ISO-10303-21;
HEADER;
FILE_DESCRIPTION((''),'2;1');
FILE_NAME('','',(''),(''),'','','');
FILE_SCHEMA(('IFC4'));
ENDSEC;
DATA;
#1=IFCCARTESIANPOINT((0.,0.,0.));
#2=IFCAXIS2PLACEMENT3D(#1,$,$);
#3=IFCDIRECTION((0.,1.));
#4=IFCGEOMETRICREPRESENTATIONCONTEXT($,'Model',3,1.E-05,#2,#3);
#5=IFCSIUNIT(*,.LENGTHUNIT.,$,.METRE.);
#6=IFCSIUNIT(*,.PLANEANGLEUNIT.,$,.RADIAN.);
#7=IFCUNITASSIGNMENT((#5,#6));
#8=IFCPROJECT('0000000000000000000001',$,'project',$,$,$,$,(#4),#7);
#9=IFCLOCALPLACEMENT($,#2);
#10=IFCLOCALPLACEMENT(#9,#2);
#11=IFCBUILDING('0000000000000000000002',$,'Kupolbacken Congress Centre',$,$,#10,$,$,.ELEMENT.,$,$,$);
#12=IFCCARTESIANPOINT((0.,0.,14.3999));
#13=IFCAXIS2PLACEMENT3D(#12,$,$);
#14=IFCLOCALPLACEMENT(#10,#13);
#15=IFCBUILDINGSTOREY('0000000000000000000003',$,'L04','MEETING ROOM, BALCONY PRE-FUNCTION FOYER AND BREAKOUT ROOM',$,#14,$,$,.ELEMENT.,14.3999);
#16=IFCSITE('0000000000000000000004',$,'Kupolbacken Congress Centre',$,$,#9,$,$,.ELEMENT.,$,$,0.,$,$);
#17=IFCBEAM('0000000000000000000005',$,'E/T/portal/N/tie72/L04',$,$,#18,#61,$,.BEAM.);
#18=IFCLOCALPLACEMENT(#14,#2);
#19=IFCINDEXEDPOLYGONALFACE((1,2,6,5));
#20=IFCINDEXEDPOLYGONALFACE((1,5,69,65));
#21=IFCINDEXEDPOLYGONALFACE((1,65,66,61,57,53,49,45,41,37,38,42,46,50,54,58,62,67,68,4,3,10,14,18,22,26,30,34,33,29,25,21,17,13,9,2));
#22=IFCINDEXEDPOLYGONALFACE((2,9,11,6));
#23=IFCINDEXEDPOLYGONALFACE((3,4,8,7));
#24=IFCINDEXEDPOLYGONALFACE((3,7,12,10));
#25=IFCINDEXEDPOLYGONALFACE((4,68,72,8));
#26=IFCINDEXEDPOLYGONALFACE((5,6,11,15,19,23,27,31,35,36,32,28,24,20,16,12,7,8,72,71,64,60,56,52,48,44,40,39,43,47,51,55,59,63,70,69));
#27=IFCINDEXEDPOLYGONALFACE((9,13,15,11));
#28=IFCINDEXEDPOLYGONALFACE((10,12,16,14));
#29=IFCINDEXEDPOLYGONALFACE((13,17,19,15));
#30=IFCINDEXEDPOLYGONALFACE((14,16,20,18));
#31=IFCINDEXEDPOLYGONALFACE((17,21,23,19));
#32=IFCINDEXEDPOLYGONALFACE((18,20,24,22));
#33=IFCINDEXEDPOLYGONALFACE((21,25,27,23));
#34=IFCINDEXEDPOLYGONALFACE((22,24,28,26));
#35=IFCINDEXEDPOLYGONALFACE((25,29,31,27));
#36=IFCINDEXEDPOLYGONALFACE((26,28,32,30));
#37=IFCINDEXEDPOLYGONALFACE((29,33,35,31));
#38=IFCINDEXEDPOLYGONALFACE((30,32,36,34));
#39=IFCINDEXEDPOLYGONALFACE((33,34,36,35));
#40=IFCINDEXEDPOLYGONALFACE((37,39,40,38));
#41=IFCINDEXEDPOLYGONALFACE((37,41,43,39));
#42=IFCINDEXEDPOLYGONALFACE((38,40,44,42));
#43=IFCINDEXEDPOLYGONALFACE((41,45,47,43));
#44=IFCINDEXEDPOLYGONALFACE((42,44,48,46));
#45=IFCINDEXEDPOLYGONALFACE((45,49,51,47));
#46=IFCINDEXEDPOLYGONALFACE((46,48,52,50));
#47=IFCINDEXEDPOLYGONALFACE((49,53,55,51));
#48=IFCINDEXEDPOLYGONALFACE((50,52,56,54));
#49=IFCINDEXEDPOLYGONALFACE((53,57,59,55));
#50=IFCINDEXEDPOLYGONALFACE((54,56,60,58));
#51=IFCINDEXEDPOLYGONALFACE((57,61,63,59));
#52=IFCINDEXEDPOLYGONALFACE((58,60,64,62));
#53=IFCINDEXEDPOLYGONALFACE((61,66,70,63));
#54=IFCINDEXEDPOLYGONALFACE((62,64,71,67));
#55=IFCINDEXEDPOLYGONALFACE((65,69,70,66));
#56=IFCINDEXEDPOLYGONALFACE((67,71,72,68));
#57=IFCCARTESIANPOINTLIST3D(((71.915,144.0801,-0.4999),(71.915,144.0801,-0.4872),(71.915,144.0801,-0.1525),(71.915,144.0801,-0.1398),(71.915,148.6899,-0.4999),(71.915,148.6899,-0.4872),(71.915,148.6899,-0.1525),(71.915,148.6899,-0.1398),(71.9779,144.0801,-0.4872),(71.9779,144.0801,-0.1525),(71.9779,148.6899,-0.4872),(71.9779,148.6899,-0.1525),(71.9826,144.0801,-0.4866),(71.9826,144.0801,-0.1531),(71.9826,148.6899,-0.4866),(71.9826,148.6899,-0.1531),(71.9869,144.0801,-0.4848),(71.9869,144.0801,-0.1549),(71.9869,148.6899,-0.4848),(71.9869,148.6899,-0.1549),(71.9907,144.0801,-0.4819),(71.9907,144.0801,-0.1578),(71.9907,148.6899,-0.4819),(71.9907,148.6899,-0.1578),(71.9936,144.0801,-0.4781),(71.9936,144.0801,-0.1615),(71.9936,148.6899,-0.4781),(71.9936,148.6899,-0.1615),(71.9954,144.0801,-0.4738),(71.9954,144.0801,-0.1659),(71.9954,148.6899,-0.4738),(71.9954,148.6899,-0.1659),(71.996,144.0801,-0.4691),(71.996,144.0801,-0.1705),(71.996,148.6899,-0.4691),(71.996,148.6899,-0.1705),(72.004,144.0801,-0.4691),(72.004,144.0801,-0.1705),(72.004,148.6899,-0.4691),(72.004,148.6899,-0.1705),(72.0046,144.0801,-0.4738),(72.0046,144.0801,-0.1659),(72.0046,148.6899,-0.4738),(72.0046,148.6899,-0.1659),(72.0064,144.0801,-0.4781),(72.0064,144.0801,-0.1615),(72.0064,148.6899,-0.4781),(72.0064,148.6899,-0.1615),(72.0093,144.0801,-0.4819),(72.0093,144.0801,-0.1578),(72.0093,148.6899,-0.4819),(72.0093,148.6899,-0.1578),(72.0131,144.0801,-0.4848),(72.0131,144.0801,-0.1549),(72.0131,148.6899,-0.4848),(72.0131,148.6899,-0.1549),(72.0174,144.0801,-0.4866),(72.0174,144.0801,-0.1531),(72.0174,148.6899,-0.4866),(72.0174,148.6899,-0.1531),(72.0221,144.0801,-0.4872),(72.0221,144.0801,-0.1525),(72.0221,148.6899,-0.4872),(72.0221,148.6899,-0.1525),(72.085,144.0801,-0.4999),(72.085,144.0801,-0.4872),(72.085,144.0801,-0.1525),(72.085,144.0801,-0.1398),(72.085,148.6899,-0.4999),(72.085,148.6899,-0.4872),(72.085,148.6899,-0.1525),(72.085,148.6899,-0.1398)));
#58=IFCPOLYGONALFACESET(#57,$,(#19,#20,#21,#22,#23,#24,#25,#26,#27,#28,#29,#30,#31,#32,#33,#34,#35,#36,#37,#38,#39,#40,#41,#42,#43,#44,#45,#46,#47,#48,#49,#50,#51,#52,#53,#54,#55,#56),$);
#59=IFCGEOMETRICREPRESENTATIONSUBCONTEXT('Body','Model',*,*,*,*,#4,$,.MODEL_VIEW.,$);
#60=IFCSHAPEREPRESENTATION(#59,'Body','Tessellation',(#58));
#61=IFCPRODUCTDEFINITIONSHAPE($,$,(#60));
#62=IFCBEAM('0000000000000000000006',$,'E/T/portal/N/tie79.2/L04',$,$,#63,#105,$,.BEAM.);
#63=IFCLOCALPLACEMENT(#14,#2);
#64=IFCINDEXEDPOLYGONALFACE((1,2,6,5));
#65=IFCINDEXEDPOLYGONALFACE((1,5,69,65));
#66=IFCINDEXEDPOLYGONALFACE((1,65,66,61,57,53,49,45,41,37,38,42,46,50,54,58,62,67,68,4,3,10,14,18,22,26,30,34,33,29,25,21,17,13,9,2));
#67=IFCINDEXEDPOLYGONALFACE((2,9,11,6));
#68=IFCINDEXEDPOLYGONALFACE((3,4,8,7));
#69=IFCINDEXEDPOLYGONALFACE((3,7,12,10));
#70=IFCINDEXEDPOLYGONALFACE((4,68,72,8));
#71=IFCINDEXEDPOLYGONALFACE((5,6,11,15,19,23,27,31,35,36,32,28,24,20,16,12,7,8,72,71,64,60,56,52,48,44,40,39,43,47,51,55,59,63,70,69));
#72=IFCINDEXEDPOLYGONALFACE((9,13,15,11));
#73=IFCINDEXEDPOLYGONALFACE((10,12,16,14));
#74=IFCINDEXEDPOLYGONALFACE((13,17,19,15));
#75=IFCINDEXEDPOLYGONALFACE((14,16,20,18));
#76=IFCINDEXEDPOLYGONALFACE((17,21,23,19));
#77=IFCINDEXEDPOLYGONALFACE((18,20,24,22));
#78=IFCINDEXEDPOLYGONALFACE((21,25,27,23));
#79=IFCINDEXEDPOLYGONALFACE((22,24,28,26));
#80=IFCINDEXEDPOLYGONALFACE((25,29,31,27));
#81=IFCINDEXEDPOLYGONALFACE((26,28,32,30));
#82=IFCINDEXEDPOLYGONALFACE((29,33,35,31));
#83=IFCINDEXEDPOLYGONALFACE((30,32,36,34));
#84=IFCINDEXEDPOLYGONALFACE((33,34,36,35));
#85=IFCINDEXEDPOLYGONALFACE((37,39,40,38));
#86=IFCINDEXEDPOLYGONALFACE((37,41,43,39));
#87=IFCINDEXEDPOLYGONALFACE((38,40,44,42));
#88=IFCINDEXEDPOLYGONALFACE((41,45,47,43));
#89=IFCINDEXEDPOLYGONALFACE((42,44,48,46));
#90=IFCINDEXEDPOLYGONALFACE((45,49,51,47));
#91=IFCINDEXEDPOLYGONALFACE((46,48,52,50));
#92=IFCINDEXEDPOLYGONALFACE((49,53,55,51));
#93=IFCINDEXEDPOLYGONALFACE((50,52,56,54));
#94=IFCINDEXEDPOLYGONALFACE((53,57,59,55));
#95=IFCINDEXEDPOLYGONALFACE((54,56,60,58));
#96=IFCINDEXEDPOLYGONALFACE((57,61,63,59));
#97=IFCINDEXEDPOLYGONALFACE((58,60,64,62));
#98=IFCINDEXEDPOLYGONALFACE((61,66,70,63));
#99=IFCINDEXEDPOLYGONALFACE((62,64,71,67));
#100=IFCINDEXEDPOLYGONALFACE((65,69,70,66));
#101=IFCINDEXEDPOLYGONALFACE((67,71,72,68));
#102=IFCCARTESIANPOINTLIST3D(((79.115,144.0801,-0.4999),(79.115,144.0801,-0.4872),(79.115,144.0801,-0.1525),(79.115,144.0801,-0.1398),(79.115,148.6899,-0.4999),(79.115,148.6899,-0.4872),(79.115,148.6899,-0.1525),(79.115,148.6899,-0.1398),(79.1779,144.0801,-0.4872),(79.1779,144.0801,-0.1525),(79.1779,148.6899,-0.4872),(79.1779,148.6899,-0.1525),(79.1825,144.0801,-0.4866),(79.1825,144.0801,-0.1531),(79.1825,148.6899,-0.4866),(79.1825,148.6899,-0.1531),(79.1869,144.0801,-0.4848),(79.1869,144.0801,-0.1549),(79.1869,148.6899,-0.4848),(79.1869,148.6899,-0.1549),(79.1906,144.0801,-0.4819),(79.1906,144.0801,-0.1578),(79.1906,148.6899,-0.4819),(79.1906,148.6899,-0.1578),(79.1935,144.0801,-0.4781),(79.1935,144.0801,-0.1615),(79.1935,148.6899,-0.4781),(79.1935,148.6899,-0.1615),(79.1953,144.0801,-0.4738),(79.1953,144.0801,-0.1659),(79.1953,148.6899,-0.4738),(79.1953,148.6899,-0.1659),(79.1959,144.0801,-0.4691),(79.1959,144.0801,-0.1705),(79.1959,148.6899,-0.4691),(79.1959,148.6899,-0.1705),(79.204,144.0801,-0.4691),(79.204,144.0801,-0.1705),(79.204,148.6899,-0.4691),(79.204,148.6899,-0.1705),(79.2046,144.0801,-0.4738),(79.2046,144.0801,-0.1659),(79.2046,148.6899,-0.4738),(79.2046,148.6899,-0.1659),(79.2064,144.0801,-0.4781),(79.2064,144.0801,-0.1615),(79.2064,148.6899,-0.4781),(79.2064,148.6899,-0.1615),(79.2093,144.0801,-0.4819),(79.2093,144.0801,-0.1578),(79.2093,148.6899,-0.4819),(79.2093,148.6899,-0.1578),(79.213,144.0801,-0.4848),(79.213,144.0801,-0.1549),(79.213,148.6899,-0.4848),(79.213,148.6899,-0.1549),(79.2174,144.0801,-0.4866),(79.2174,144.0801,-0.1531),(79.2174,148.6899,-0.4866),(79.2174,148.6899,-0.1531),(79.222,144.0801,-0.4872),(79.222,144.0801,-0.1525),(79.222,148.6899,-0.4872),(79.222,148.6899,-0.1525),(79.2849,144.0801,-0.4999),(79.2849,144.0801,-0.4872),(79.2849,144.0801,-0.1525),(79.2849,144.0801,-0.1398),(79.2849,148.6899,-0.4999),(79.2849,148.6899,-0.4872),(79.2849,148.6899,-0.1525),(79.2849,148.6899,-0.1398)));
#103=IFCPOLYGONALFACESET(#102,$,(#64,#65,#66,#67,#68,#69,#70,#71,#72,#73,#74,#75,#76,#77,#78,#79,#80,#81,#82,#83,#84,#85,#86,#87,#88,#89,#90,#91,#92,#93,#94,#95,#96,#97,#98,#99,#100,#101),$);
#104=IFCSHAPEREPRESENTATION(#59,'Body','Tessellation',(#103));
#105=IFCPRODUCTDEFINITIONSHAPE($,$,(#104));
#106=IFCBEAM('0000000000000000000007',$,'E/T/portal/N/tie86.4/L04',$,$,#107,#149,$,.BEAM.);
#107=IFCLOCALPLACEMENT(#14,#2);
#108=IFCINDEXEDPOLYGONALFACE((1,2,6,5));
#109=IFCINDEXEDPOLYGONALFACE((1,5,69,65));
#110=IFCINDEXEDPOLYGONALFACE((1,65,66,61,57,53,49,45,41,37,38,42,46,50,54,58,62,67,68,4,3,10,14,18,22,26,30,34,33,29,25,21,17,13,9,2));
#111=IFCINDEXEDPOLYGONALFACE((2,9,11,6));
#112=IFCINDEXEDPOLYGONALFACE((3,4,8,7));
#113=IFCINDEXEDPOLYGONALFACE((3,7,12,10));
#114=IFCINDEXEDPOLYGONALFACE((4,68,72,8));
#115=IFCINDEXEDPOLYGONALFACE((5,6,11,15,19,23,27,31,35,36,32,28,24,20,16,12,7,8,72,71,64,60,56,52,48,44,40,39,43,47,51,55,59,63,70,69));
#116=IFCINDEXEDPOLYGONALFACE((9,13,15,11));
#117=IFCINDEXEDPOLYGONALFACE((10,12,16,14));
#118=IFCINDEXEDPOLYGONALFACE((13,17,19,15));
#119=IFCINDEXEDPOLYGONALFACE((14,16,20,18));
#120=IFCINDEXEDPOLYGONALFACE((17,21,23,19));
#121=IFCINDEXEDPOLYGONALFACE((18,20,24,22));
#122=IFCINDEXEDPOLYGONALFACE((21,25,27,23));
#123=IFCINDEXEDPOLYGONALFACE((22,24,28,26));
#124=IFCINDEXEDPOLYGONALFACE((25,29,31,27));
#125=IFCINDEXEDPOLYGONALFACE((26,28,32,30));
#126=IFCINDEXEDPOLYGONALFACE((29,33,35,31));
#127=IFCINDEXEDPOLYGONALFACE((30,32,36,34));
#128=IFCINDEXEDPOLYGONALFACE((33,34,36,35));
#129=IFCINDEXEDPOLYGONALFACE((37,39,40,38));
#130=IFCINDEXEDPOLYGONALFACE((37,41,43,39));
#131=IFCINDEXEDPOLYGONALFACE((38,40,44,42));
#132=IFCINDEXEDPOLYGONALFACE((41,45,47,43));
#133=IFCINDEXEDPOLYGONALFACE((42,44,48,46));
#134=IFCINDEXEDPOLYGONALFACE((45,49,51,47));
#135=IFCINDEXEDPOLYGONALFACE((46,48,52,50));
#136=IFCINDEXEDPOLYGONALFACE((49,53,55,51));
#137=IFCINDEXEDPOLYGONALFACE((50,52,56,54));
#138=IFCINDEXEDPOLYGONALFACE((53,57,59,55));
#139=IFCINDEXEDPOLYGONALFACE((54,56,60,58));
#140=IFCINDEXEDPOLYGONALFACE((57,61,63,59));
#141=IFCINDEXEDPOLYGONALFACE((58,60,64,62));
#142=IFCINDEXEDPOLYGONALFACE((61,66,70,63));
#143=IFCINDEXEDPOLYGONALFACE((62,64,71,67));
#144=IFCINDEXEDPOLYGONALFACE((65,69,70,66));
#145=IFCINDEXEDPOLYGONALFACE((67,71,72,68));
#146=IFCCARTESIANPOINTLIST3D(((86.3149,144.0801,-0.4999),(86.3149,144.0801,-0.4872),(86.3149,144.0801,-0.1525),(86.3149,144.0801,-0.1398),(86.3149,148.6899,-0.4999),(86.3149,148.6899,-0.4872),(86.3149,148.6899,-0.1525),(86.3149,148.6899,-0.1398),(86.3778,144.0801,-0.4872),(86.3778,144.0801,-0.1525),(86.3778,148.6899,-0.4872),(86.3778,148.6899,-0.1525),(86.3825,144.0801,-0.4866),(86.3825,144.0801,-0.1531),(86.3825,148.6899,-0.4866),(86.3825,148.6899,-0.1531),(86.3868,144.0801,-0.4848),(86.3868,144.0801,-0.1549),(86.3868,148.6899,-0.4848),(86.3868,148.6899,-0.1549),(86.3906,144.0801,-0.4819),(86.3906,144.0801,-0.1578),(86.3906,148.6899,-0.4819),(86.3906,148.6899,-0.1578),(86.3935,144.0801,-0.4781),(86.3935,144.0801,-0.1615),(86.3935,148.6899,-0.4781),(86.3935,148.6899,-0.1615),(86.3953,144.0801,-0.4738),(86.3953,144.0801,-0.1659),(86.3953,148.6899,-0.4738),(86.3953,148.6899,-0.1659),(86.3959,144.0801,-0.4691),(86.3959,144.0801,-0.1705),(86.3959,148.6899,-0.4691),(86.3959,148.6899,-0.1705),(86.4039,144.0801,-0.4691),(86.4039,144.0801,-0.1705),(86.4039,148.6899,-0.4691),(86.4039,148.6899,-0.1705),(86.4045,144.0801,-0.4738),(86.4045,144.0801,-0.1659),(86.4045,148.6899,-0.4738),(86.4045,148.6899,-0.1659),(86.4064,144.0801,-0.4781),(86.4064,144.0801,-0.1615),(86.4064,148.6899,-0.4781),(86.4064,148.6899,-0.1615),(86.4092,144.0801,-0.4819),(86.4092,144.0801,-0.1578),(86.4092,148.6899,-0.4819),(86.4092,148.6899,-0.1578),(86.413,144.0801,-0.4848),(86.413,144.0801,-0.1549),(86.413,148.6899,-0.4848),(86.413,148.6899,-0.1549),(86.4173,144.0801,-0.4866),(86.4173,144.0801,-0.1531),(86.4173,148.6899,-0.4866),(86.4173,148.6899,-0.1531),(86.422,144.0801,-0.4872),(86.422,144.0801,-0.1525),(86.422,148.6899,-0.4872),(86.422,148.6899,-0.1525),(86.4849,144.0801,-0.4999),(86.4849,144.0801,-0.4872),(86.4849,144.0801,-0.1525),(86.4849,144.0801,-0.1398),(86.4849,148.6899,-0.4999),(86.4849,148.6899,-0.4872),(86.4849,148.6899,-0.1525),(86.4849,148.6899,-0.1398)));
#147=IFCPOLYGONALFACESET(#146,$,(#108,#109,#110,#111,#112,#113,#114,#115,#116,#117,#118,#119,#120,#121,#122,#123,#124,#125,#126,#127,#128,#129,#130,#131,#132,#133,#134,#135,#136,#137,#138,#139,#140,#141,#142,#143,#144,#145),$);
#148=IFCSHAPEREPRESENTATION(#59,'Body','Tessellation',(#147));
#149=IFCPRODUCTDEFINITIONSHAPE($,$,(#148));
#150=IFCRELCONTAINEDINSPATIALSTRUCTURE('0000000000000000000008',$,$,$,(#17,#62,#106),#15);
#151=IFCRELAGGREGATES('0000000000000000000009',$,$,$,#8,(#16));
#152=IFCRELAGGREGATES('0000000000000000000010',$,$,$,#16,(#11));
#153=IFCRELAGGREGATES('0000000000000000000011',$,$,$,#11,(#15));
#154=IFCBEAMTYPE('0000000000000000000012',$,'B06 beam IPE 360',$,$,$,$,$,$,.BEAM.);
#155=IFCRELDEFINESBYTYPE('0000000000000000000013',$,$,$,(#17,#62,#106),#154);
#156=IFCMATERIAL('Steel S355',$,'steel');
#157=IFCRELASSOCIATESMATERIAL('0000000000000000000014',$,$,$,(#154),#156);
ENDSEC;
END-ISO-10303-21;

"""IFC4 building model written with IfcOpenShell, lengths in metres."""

from ifc_helpers import new_model, si_unit, direction, frame, origin, origin_2d, place, context, subcontext, project, spatial, i_section, extrude, material, material_profile, profile_set, type_object, element, save


model = new_model("IFC4")

# Units and contexts
model_context = context("Model", 3, precision=1e-05, world=origin(), true_north=direction((0.0, 1.0)))
body_context = subcontext(model_context, "Body", "Model", "MODEL_VIEW")
ifc_project = project(units=[si_unit("LENGTHUNIT", "METRE"), si_unit("PLANEANGLEUNIT", "RADIAN")], contexts=[model_context])

# Site, building, storey
site_placement = place(None, origin())
site = spatial("IfcSite", under=ifc_project, at=site_placement, Name="Kupolbacken Congress Centre", CompositionType="ELEMENT", RefElevation=0.0)
building_placement = place(site_placement, origin())
building = spatial("IfcBuilding", under=site, at=building_placement, Name="Kupolbacken Congress Centre", CompositionType="ELEMENT")
storey_placement = place(building_placement, frame((0.0, 0.0, 14.3999)))
storey = spatial("IfcBuildingStorey", under=building, at=storey_placement, Name="L04", Description="MEETING ROOM, BALCONY PRE-FUNCTION FOYER AND BREAKOUT ROOM", CompositionType="ELEMENT", Elevation=14.3999)

# Beams
ifc_material_1 = material(Name="Steel S355", Category="steel")
ifc_material_profile_1 = material_profile(ifc_material_1, i_section(OverallWidth=0.1699, OverallDepth=0.3601, WebThickness=0.0081, FlangeThickness=0.0127, FilletRadius=0.0181, at=origin_2d()), Name="IPE 360")
ifc_profile_set_1 = profile_set([ifc_material_profile_1], Name="Steel S355")
beam_type_1 = type_object("IfcBeamType", Name="B06 beam IPE 360", PredefinedType="BEAM", material=ifc_profile_set_1)
for number, where, z_axis, x_axis, name in (
    (1, (72.0, 144.0801, -0.3198), (0.0, 1.0, 0.0), (-1.0, 0.0, 0.0), "E/T/portal/N/tie72/L04"),
    (2, (79.2, 144.0801, -0.3198), (0.0, 1.0, 0.0), (-1.0, 0.0, 0.0), "E/T/portal/N/tie79.2/L04"),
    (3, (86.3999, 144.0801, -0.3198), (0.0, 1.0, 0.0), (-1.0, 0.0, 0.0), "E/T/portal/N/tie86.4/L04"),
):
    element("IfcBeam", number, at=place(storey_placement, frame(where, z_axis=z_axis, x_axis=x_axis)), inside=storey, type_object=beam_type_1, Name=name, PredefinedType="BEAM", context=body_context, shape_type="SweptSolid", body=[
        extrude(i_section(OverallWidth=0.1699, OverallDepth=0.3601, WebThickness=0.0081, FlangeThickness=0.0127, FilletRadius=0.0181, at=origin_2d()), origin(), (0.0, 0.0, 1.0), 4.6099),
    ])

save(model, "model.ifc")
